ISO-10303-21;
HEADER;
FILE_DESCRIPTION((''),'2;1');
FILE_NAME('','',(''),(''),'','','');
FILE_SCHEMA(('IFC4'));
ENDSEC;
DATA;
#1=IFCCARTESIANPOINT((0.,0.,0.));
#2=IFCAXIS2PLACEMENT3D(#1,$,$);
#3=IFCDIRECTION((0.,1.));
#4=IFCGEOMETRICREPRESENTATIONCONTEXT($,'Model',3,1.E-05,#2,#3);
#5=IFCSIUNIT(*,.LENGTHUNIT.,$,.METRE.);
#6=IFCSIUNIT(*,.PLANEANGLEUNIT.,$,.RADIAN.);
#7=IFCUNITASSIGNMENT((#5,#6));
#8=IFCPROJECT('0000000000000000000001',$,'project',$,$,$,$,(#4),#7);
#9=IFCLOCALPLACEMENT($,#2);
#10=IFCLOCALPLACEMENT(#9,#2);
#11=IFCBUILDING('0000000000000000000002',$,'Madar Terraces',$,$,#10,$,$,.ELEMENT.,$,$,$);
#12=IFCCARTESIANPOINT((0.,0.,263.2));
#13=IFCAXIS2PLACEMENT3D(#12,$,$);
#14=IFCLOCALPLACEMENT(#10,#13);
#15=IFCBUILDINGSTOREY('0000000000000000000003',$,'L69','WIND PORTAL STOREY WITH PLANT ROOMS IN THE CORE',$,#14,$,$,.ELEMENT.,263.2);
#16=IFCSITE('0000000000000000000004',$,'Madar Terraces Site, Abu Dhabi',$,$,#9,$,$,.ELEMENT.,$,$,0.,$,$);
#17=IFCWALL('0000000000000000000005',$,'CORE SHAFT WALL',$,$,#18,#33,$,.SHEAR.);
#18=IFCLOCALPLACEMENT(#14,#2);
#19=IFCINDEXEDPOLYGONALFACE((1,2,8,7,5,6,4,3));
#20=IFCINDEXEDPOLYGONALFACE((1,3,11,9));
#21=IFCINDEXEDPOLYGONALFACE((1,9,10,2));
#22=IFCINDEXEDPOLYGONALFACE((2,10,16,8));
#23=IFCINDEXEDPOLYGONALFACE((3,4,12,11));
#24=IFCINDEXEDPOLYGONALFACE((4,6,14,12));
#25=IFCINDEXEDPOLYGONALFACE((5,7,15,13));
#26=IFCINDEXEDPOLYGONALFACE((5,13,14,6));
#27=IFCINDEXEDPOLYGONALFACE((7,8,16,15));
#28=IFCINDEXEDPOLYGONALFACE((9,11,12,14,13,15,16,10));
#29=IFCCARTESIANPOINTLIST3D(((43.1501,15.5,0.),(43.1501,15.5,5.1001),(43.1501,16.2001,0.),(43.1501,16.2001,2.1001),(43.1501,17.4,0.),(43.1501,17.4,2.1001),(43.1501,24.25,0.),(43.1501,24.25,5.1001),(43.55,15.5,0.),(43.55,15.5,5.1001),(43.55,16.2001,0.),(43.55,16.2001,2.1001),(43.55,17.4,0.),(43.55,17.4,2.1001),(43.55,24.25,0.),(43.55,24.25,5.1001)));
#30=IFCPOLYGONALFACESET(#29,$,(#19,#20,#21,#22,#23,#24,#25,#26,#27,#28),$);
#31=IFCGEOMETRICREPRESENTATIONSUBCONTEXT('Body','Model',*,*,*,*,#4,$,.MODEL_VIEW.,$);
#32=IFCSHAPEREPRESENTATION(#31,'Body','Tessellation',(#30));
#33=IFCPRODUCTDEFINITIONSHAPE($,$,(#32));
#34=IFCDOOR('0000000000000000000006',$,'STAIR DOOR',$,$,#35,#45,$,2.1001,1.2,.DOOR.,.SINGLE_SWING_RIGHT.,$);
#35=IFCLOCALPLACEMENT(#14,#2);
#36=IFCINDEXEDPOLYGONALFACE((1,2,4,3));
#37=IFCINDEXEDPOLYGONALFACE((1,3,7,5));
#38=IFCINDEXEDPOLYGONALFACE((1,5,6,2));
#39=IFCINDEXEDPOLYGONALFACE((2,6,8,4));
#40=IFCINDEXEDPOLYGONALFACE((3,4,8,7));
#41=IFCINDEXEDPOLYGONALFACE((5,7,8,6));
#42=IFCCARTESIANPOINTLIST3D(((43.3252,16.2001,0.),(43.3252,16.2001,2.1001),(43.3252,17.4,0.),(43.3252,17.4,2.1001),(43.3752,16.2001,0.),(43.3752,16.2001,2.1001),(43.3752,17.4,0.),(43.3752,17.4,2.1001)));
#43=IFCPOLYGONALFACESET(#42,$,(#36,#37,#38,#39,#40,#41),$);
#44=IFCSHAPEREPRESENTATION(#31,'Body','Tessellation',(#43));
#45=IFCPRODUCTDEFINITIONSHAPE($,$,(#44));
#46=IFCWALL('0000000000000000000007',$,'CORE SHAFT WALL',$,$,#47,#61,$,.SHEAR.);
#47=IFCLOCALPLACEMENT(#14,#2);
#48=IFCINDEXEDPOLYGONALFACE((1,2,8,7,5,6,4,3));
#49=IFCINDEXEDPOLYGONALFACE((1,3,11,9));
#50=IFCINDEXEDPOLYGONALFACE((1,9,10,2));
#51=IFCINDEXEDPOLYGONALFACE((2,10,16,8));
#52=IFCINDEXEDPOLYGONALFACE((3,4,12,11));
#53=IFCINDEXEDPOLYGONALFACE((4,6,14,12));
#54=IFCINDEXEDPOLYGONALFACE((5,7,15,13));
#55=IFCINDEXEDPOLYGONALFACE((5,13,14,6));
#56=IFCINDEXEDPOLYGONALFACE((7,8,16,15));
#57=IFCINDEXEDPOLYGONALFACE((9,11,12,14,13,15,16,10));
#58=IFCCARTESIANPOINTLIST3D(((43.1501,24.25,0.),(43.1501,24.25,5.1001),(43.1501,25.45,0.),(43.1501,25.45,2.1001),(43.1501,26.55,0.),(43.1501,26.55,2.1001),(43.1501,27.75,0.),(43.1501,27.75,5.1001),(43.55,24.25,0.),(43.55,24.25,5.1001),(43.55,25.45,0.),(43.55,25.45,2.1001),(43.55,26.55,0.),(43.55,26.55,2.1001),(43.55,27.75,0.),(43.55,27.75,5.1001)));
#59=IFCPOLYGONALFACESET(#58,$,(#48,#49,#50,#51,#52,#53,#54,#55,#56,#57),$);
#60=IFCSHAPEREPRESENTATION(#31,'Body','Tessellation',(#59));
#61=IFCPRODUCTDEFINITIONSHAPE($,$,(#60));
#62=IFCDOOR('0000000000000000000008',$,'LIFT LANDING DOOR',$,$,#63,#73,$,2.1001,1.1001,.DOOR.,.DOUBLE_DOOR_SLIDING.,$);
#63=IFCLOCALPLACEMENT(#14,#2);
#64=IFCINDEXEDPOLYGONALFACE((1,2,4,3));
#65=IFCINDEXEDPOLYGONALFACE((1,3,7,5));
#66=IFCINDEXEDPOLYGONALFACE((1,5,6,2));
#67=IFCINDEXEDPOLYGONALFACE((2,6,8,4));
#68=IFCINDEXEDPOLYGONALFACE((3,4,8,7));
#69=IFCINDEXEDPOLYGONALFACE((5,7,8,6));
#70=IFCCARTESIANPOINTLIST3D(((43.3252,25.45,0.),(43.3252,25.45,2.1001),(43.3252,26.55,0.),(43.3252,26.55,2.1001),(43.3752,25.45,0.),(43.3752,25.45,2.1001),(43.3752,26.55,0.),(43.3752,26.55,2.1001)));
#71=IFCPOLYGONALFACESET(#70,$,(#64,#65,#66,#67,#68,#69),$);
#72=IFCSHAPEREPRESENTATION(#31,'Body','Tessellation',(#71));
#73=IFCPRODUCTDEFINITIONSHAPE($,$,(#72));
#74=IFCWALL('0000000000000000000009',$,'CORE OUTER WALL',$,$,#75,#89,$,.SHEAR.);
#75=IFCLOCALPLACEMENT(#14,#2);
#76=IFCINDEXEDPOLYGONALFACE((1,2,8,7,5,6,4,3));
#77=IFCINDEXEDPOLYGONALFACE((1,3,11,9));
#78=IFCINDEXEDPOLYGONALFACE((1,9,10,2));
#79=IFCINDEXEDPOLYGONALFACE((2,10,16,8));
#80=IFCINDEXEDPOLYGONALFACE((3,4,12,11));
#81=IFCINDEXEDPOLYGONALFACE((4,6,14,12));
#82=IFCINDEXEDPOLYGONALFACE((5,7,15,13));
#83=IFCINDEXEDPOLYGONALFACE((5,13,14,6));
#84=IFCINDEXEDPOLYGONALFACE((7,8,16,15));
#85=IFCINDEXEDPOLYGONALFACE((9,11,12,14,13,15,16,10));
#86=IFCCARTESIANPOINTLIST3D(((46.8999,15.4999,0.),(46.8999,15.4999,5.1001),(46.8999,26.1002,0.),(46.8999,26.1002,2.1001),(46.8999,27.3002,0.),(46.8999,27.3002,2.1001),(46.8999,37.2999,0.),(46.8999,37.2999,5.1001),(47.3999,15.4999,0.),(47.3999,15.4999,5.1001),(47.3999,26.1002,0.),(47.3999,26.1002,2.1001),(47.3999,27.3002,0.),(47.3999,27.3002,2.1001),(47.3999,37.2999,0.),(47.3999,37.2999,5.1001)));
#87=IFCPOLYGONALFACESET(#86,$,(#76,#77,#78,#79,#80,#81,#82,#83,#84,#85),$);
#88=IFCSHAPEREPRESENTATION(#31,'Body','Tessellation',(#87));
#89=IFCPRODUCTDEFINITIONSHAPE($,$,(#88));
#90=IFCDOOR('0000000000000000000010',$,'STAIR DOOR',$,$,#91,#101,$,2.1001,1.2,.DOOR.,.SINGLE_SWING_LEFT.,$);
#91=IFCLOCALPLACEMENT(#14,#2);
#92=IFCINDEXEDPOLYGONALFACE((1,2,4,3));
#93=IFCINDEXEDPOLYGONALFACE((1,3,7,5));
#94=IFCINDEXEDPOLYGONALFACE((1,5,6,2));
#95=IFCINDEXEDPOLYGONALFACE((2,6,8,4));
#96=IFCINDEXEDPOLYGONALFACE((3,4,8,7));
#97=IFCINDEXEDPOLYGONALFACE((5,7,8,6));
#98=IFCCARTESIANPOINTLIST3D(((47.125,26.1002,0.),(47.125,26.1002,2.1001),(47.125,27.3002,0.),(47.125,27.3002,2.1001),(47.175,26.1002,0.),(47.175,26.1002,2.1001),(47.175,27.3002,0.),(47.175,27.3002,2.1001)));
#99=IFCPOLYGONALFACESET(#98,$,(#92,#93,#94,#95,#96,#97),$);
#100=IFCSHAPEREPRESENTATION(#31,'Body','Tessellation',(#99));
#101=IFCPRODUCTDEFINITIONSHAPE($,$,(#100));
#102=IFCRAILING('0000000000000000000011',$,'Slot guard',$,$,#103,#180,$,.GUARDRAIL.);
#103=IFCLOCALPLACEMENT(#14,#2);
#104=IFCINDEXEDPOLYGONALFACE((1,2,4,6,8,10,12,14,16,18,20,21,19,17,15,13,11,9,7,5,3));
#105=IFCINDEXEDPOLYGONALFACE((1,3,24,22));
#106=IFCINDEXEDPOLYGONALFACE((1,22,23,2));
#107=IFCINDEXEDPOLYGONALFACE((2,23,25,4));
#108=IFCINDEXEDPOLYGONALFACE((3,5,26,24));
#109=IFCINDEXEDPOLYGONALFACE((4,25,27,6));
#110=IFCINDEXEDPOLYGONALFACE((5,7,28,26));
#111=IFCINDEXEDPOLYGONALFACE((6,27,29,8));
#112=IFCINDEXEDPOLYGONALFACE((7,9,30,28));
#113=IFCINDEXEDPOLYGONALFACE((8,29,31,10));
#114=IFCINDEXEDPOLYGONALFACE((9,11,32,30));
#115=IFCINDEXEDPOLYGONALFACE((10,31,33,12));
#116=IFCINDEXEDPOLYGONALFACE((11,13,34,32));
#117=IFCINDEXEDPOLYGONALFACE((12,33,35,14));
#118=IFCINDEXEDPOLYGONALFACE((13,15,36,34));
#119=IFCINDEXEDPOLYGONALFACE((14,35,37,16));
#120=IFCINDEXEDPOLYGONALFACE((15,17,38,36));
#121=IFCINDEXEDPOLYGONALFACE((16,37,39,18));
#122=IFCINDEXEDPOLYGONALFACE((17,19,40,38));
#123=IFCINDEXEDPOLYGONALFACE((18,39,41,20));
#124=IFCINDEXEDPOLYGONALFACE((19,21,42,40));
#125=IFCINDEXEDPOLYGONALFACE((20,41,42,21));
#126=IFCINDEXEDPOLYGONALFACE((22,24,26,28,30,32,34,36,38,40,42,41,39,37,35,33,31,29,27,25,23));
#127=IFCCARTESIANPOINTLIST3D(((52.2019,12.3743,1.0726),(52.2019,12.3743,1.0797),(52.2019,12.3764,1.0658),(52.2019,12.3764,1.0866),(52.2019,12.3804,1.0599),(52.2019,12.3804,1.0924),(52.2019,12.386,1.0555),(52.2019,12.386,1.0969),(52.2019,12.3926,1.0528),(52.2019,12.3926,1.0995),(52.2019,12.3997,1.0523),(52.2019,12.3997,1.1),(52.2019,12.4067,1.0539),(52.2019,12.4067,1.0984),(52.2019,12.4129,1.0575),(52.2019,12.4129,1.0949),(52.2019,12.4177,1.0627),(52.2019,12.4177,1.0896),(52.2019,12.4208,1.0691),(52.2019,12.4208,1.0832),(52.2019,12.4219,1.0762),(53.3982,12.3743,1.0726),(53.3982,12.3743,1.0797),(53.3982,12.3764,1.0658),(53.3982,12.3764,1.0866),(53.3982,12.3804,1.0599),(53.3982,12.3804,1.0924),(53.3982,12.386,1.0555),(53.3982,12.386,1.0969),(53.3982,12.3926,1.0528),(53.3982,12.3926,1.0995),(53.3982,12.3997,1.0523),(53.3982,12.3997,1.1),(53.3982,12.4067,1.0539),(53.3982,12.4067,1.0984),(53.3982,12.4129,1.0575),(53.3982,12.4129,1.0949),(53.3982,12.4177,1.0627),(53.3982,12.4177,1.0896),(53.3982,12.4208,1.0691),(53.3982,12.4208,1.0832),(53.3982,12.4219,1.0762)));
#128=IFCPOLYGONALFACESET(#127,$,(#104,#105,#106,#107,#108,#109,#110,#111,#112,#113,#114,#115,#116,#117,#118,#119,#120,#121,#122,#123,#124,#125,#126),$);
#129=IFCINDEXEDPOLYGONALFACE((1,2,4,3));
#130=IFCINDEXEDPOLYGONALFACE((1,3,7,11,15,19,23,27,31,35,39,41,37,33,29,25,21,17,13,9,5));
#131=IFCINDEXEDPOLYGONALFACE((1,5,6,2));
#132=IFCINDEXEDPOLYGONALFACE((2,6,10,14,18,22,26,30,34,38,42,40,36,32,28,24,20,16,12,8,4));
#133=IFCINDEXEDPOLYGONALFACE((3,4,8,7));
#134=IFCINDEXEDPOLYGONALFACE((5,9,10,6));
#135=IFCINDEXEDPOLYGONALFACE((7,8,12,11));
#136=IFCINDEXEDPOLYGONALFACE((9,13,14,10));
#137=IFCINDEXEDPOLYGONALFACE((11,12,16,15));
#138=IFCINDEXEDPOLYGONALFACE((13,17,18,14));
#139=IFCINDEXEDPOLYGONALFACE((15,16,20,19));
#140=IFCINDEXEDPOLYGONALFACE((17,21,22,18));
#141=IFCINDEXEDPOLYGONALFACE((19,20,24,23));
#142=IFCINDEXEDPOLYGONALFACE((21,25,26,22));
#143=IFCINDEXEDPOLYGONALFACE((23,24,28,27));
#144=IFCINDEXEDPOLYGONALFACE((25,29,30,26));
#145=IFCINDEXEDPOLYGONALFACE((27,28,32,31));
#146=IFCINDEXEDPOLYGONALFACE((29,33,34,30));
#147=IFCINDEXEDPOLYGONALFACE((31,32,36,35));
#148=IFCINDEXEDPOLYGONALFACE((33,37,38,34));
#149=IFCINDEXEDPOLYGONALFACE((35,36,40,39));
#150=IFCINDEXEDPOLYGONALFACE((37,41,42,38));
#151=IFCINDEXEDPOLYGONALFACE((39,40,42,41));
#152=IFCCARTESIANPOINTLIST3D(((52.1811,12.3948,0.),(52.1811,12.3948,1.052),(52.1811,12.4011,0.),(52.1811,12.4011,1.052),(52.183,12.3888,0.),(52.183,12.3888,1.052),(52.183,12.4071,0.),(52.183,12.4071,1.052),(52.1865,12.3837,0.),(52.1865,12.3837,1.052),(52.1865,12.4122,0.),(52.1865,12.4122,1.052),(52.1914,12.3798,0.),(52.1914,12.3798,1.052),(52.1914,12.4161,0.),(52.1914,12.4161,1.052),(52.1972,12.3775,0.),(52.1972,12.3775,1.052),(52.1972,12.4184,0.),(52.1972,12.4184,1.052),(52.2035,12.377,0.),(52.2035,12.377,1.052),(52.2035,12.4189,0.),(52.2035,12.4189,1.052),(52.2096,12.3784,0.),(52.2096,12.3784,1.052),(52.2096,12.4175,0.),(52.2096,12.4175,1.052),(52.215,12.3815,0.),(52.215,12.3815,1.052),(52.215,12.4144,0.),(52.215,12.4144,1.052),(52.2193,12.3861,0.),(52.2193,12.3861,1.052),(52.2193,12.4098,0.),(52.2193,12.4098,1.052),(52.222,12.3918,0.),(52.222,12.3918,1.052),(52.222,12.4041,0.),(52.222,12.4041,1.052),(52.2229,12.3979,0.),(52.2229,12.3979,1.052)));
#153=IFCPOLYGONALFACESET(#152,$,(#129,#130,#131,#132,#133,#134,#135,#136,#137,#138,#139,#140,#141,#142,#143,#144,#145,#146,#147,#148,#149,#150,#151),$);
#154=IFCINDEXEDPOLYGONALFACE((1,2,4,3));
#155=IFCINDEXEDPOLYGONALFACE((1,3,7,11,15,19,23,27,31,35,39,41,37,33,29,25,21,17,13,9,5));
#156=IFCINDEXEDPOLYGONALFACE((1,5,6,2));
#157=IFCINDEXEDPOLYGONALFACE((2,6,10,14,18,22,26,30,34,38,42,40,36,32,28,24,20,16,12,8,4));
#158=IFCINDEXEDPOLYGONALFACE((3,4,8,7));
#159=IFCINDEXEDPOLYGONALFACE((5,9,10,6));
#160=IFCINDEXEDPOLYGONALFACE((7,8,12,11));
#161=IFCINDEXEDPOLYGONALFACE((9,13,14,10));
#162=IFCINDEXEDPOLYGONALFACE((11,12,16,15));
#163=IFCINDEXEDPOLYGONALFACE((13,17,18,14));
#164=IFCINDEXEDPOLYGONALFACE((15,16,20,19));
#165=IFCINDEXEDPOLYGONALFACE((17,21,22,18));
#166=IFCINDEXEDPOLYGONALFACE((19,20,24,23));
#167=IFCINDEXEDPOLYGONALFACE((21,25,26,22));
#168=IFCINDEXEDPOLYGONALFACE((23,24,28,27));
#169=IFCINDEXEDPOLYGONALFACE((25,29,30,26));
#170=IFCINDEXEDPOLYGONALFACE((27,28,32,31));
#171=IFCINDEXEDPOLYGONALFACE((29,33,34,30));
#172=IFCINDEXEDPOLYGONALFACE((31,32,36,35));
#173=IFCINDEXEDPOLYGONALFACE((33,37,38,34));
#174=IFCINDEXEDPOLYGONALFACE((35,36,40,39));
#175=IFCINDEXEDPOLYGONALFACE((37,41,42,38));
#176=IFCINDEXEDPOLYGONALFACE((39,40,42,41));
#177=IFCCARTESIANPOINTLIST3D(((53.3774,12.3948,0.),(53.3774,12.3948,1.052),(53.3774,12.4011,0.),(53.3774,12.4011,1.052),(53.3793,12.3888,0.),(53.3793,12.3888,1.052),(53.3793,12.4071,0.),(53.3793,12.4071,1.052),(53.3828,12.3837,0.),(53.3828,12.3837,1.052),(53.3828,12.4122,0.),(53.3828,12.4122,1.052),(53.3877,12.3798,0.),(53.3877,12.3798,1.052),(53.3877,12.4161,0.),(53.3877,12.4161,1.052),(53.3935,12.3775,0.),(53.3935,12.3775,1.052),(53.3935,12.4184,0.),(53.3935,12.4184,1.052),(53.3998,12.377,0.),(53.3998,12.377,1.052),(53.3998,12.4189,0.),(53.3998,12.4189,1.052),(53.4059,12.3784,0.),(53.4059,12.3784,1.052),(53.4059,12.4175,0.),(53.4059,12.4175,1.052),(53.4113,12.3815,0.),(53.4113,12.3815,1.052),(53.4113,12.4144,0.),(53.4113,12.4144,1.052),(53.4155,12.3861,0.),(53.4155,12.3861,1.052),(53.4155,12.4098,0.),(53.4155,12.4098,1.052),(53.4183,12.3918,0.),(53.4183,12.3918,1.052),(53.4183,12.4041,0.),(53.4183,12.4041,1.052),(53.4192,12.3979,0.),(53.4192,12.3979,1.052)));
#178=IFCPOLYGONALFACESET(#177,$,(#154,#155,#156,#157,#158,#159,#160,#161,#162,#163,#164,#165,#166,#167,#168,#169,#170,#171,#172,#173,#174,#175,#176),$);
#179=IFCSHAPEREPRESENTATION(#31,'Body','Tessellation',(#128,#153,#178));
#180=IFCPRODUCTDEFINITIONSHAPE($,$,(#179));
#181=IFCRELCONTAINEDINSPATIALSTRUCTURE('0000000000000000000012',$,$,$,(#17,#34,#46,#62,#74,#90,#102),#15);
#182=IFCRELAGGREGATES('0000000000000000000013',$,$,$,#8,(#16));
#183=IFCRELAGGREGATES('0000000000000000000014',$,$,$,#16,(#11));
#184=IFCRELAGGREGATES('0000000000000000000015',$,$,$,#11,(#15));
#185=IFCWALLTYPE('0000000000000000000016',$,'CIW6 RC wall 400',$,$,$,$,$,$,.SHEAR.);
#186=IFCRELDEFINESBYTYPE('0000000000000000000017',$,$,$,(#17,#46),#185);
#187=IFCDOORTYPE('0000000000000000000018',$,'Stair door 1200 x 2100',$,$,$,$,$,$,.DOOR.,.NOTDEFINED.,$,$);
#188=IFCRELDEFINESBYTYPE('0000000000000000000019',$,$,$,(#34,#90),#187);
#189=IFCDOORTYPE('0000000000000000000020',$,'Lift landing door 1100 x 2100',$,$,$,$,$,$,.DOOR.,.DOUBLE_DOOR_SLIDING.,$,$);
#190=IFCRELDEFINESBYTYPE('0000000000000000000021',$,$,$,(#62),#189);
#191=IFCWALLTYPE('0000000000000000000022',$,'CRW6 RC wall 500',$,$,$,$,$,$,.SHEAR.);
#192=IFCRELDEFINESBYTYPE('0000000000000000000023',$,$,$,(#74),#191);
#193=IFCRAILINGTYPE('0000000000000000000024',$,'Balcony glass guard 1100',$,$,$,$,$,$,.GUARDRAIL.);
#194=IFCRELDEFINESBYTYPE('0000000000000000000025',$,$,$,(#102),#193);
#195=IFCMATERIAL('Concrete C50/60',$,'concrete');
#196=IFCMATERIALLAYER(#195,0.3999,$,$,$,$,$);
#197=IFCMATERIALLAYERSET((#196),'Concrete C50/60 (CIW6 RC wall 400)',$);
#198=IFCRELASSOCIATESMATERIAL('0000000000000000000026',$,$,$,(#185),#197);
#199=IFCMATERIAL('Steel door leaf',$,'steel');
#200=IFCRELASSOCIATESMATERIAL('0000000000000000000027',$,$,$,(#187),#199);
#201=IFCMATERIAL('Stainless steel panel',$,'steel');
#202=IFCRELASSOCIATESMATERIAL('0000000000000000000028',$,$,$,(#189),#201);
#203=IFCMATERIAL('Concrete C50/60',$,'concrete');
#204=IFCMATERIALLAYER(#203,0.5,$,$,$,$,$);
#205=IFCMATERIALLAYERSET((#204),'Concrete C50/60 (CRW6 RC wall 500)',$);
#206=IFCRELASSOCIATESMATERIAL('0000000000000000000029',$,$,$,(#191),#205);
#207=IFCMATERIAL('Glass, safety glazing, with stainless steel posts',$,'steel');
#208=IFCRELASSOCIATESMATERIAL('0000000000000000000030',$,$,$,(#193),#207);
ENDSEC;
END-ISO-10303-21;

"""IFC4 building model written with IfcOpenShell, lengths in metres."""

from ifc_helpers import new_model, si_unit, direction, frame, frame_2d, origin, origin_2d, place, context, subcontext, project, spatial, rectangle, circle, extrude, material, layer, layer_set, type_object, element, fill, save


model = new_model("IFC4")

# Units and contexts
model_context = context("Model", 3, precision=1e-05, world=origin(), true_north=direction((0.0, 1.0)))
body_context = subcontext(model_context, "Body", "Model", "MODEL_VIEW")
ifc_project = project(units=[si_unit("LENGTHUNIT", "METRE"), si_unit("PLANEANGLEUNIT", "RADIAN")], contexts=[model_context])

# Site, building, storey
site_placement = place(None, origin())
site = spatial("IfcSite", under=ifc_project, at=site_placement, Name="Madar Terraces Site, Abu Dhabi", CompositionType="ELEMENT", RefElevation=0.0)
building_placement = place(site_placement, origin())
building = spatial("IfcBuilding", under=site, at=building_placement, Name="Madar Terraces", CompositionType="ELEMENT")
storey_placement = place(building_placement, frame((0.0, 0.0, 263.2)))
storey = spatial("IfcBuildingStorey", under=building, at=storey_placement, Name="L69", Description="WIND PORTAL STOREY WITH PLANT ROOMS IN THE CORE", CompositionType="ELEMENT", Elevation=263.2)

# Walls, openings, doors
ifc_material_1 = material(Name="Concrete C50/60", Category="concrete")
ifc_layer_1 = layer(ifc_material_1, 0.3999)
ifc_layer_set_1 = layer_set([ifc_layer_1], Name="Concrete C50/60 (CIW6 RC wall 400)")
wall_type_1 = type_object("IfcWallType", Name="CIW6 RC wall 400", PredefinedType="SHEAR", material=ifc_layer_set_1)
wall_1_placement = place(storey_placement, frame((43.3501, 15.5, 0.0), z_axis=(0.0, 0.0, 1.0), x_axis=(0.0, 1.0, 0.0)))
wall_1 = element("IfcWall", 1, at=wall_1_placement, inside=storey, type_object=wall_type_1, Name="CORE SHAFT WALL", PredefinedType="SHEAR", context=body_context, shape_type="SweptSolid", body=[
    extrude(rectangle(XDim=8.75, YDim=0.3999, at=frame_2d((4.375, 0.0))), origin(), (0.0, 0.0, 1.0), 5.1001),
])
opening_1_placement = place(wall_1_placement, frame((0.7, 0.0, 0.0)))
opening_1 = element("IfcOpeningElement", 2, at=opening_1_placement, cuts=wall_1, PredefinedType="OPENING", context=body_context, shape_type="SweptSolid", body=[
    extrude(rectangle(XDim=1.2, YDim=2.1001, at=frame_2d((0.6001, 1.05))), frame((0.0, 0.21, 0.0), z_axis=(0.0, -1.0, 0.0), x_axis=(1.0, 0.0, 0.0)), (0.0, 0.0, 1.0), 0.4199),
])
ifc_material_2 = material(Name="Steel door leaf", Category="steel")
door_type_1 = type_object("IfcDoorType", Name="Stair door 1200 x 2100", OperationType="NOTDEFINED", PredefinedType="DOOR", material=ifc_material_2)
door_1_placement = place(opening_1_placement, origin())
door_1 = element("IfcDoor", 3, at=door_1_placement, inside=storey, type_object=door_type_1, Name="STAIR DOOR", OperationType="SINGLE_SWING_RIGHT", OverallHeight=2.1001, OverallWidth=1.2, PredefinedType="DOOR", context=body_context, shape_type="SweptSolid", body=[
    extrude(rectangle(XDim=1.2, YDim=2.1001, at=frame_2d((0.6001, 1.05))), frame((0.0, 0.0249, 0.0), z_axis=(0.0, -1.0, 0.0), x_axis=(1.0, 0.0, 0.0)), (0.0, 0.0, 1.0), 0.05),
])
fill(opening_1, door_1)
wall_2_placement = place(storey_placement, frame((43.3501, 24.25, 0.0), z_axis=(0.0, 0.0, 1.0), x_axis=(0.0, 1.0, 0.0)))
wall_2 = element("IfcWall", 4, at=wall_2_placement, inside=storey, type_object=wall_type_1, Name="CORE SHAFT WALL", PredefinedType="SHEAR", context=body_context, shape_type="SweptSolid", body=[
    extrude(rectangle(XDim=3.5, YDim=0.3999, at=frame_2d((1.75, 0.0))), origin(), (0.0, 0.0, 1.0), 5.1001),
])
opening_2_placement = place(wall_2_placement, frame((1.2, 0.0, 0.0)))
opening_2 = element("IfcOpeningElement", 5, at=opening_2_placement, cuts=wall_2, PredefinedType="OPENING", context=body_context, shape_type="SweptSolid", body=[
    extrude(rectangle(XDim=1.1001, YDim=2.1001, at=frame_2d((0.55, 1.05))), frame((0.0, 0.21, 0.0), z_axis=(0.0, -1.0, 0.0), x_axis=(1.0, 0.0, 0.0)), (0.0, 0.0, 1.0), 0.4199),
])
ifc_material_3 = material(Name="Stainless steel panel", Category="steel")
door_type_2 = type_object("IfcDoorType", Name="Lift landing door 1100 x 2100", OperationType="DOUBLE_DOOR_SLIDING", PredefinedType="DOOR", material=ifc_material_3)
door_2_placement = place(opening_2_placement, origin())
door_2 = element("IfcDoor", 6, at=door_2_placement, inside=storey, type_object=door_type_2, Name="LIFT LANDING DOOR", OperationType="DOUBLE_DOOR_SLIDING", OverallHeight=2.1001, OverallWidth=1.1001, PredefinedType="DOOR", context=body_context, shape_type="SweptSolid", body=[
    extrude(rectangle(XDim=1.1001, YDim=2.1001, at=frame_2d((0.55, 1.05))), frame((0.0, 0.0249, 0.0), z_axis=(0.0, -1.0, 0.0), x_axis=(1.0, 0.0, 0.0)), (0.0, 0.0, 1.0), 0.05),
])
fill(opening_2, door_2)
ifc_material_4 = material(Name="Concrete C50/60", Category="concrete")
ifc_layer_2 = layer(ifc_material_4, 0.5)
ifc_layer_set_2 = layer_set([ifc_layer_2], Name="Concrete C50/60 (CRW6 RC wall 500)")
wall_type_2 = type_object("IfcWallType", Name="CRW6 RC wall 500", PredefinedType="SHEAR", material=ifc_layer_set_2)
wall_3_placement = place(storey_placement, frame((47.1499, 15.5, 0.0), z_axis=(0.0, 0.0, 1.0), x_axis=(0.0, 1.0, 0.0)))
wall_3 = element("IfcWall", 7, at=wall_3_placement, inside=storey, type_object=wall_type_2, Name="CORE OUTER WALL", PredefinedType="SHEAR", context=body_context, shape_type="SweptSolid", body=[
    extrude(rectangle(XDim=21.8, YDim=0.5, at=frame_2d((10.8999, 0.0))), origin(), (0.0, 0.0, 1.0), 5.1001),
])
opening_3_placement = place(wall_3_placement, frame((10.6001, 0.0, 0.0)))
opening_3 = element("IfcOpeningElement", 8, at=opening_3_placement, cuts=wall_3, PredefinedType="OPENING", context=body_context, shape_type="SweptSolid", body=[
    extrude(rectangle(XDim=1.2, YDim=2.1001, at=frame_2d((0.6001, 1.05))), frame((0.0, 0.26, 0.0), z_axis=(0.0, -1.0, 0.0), x_axis=(1.0, 0.0, 0.0)), (0.0, 0.0, 1.0), 0.52),
])
door_3_placement = place(opening_3_placement, origin())
door_3 = element("IfcDoor", 9, at=door_3_placement, inside=storey, type_object=door_type_1, Name="STAIR DOOR", OperationType="SINGLE_SWING_LEFT", OverallHeight=2.1001, OverallWidth=1.2, PredefinedType="DOOR", context=body_context, shape_type="SweptSolid", body=[
    extrude(rectangle(XDim=1.2, YDim=2.1001, at=frame_2d((0.6001, 1.05))), frame((0.0, 0.0249, 0.0), z_axis=(0.0, -1.0, 0.0), x_axis=(1.0, 0.0, 0.0)), (0.0, 0.0, 1.0), 0.05),
])
fill(opening_3, door_3)

# Railing
ifc_material_5 = material(Name="Glass, safety glazing, with stainless steel posts", Category="steel")
railing_type = type_object("IfcRailingType", Name="Balcony glass guard 1100", PredefinedType="GUARDRAIL", material=ifc_material_5)
railing_placement = place(storey_placement, frame((52.2019, 12.3979, 0.0)))
element("IfcRailing", 10, at=railing_placement, inside=storey, type_object=railing_type, Name="Slot guard", PredefinedType="GUARDRAIL", context=body_context, shape_type="SweptSolid", body=[
    extrude(circle(Radius=0.0239, at=origin_2d()), frame((0.0, 0.0, 1.0762), z_axis=(1.0, 0.0, 0.0), x_axis=(0.0, 1.0, 0.0)), (0.0, 0.0, 1.0), 1.1963),
    extrude(circle(Radius=0.021, at=origin_2d()), origin(), (0.0, 0.0, 1.0), 1.052),
    extrude(circle(Radius=0.021, at=origin_2d()), frame((1.1963, 0.0, 0.0)), (0.0, 0.0, 1.0), 1.052),
])

save(model, "model.ifc")
